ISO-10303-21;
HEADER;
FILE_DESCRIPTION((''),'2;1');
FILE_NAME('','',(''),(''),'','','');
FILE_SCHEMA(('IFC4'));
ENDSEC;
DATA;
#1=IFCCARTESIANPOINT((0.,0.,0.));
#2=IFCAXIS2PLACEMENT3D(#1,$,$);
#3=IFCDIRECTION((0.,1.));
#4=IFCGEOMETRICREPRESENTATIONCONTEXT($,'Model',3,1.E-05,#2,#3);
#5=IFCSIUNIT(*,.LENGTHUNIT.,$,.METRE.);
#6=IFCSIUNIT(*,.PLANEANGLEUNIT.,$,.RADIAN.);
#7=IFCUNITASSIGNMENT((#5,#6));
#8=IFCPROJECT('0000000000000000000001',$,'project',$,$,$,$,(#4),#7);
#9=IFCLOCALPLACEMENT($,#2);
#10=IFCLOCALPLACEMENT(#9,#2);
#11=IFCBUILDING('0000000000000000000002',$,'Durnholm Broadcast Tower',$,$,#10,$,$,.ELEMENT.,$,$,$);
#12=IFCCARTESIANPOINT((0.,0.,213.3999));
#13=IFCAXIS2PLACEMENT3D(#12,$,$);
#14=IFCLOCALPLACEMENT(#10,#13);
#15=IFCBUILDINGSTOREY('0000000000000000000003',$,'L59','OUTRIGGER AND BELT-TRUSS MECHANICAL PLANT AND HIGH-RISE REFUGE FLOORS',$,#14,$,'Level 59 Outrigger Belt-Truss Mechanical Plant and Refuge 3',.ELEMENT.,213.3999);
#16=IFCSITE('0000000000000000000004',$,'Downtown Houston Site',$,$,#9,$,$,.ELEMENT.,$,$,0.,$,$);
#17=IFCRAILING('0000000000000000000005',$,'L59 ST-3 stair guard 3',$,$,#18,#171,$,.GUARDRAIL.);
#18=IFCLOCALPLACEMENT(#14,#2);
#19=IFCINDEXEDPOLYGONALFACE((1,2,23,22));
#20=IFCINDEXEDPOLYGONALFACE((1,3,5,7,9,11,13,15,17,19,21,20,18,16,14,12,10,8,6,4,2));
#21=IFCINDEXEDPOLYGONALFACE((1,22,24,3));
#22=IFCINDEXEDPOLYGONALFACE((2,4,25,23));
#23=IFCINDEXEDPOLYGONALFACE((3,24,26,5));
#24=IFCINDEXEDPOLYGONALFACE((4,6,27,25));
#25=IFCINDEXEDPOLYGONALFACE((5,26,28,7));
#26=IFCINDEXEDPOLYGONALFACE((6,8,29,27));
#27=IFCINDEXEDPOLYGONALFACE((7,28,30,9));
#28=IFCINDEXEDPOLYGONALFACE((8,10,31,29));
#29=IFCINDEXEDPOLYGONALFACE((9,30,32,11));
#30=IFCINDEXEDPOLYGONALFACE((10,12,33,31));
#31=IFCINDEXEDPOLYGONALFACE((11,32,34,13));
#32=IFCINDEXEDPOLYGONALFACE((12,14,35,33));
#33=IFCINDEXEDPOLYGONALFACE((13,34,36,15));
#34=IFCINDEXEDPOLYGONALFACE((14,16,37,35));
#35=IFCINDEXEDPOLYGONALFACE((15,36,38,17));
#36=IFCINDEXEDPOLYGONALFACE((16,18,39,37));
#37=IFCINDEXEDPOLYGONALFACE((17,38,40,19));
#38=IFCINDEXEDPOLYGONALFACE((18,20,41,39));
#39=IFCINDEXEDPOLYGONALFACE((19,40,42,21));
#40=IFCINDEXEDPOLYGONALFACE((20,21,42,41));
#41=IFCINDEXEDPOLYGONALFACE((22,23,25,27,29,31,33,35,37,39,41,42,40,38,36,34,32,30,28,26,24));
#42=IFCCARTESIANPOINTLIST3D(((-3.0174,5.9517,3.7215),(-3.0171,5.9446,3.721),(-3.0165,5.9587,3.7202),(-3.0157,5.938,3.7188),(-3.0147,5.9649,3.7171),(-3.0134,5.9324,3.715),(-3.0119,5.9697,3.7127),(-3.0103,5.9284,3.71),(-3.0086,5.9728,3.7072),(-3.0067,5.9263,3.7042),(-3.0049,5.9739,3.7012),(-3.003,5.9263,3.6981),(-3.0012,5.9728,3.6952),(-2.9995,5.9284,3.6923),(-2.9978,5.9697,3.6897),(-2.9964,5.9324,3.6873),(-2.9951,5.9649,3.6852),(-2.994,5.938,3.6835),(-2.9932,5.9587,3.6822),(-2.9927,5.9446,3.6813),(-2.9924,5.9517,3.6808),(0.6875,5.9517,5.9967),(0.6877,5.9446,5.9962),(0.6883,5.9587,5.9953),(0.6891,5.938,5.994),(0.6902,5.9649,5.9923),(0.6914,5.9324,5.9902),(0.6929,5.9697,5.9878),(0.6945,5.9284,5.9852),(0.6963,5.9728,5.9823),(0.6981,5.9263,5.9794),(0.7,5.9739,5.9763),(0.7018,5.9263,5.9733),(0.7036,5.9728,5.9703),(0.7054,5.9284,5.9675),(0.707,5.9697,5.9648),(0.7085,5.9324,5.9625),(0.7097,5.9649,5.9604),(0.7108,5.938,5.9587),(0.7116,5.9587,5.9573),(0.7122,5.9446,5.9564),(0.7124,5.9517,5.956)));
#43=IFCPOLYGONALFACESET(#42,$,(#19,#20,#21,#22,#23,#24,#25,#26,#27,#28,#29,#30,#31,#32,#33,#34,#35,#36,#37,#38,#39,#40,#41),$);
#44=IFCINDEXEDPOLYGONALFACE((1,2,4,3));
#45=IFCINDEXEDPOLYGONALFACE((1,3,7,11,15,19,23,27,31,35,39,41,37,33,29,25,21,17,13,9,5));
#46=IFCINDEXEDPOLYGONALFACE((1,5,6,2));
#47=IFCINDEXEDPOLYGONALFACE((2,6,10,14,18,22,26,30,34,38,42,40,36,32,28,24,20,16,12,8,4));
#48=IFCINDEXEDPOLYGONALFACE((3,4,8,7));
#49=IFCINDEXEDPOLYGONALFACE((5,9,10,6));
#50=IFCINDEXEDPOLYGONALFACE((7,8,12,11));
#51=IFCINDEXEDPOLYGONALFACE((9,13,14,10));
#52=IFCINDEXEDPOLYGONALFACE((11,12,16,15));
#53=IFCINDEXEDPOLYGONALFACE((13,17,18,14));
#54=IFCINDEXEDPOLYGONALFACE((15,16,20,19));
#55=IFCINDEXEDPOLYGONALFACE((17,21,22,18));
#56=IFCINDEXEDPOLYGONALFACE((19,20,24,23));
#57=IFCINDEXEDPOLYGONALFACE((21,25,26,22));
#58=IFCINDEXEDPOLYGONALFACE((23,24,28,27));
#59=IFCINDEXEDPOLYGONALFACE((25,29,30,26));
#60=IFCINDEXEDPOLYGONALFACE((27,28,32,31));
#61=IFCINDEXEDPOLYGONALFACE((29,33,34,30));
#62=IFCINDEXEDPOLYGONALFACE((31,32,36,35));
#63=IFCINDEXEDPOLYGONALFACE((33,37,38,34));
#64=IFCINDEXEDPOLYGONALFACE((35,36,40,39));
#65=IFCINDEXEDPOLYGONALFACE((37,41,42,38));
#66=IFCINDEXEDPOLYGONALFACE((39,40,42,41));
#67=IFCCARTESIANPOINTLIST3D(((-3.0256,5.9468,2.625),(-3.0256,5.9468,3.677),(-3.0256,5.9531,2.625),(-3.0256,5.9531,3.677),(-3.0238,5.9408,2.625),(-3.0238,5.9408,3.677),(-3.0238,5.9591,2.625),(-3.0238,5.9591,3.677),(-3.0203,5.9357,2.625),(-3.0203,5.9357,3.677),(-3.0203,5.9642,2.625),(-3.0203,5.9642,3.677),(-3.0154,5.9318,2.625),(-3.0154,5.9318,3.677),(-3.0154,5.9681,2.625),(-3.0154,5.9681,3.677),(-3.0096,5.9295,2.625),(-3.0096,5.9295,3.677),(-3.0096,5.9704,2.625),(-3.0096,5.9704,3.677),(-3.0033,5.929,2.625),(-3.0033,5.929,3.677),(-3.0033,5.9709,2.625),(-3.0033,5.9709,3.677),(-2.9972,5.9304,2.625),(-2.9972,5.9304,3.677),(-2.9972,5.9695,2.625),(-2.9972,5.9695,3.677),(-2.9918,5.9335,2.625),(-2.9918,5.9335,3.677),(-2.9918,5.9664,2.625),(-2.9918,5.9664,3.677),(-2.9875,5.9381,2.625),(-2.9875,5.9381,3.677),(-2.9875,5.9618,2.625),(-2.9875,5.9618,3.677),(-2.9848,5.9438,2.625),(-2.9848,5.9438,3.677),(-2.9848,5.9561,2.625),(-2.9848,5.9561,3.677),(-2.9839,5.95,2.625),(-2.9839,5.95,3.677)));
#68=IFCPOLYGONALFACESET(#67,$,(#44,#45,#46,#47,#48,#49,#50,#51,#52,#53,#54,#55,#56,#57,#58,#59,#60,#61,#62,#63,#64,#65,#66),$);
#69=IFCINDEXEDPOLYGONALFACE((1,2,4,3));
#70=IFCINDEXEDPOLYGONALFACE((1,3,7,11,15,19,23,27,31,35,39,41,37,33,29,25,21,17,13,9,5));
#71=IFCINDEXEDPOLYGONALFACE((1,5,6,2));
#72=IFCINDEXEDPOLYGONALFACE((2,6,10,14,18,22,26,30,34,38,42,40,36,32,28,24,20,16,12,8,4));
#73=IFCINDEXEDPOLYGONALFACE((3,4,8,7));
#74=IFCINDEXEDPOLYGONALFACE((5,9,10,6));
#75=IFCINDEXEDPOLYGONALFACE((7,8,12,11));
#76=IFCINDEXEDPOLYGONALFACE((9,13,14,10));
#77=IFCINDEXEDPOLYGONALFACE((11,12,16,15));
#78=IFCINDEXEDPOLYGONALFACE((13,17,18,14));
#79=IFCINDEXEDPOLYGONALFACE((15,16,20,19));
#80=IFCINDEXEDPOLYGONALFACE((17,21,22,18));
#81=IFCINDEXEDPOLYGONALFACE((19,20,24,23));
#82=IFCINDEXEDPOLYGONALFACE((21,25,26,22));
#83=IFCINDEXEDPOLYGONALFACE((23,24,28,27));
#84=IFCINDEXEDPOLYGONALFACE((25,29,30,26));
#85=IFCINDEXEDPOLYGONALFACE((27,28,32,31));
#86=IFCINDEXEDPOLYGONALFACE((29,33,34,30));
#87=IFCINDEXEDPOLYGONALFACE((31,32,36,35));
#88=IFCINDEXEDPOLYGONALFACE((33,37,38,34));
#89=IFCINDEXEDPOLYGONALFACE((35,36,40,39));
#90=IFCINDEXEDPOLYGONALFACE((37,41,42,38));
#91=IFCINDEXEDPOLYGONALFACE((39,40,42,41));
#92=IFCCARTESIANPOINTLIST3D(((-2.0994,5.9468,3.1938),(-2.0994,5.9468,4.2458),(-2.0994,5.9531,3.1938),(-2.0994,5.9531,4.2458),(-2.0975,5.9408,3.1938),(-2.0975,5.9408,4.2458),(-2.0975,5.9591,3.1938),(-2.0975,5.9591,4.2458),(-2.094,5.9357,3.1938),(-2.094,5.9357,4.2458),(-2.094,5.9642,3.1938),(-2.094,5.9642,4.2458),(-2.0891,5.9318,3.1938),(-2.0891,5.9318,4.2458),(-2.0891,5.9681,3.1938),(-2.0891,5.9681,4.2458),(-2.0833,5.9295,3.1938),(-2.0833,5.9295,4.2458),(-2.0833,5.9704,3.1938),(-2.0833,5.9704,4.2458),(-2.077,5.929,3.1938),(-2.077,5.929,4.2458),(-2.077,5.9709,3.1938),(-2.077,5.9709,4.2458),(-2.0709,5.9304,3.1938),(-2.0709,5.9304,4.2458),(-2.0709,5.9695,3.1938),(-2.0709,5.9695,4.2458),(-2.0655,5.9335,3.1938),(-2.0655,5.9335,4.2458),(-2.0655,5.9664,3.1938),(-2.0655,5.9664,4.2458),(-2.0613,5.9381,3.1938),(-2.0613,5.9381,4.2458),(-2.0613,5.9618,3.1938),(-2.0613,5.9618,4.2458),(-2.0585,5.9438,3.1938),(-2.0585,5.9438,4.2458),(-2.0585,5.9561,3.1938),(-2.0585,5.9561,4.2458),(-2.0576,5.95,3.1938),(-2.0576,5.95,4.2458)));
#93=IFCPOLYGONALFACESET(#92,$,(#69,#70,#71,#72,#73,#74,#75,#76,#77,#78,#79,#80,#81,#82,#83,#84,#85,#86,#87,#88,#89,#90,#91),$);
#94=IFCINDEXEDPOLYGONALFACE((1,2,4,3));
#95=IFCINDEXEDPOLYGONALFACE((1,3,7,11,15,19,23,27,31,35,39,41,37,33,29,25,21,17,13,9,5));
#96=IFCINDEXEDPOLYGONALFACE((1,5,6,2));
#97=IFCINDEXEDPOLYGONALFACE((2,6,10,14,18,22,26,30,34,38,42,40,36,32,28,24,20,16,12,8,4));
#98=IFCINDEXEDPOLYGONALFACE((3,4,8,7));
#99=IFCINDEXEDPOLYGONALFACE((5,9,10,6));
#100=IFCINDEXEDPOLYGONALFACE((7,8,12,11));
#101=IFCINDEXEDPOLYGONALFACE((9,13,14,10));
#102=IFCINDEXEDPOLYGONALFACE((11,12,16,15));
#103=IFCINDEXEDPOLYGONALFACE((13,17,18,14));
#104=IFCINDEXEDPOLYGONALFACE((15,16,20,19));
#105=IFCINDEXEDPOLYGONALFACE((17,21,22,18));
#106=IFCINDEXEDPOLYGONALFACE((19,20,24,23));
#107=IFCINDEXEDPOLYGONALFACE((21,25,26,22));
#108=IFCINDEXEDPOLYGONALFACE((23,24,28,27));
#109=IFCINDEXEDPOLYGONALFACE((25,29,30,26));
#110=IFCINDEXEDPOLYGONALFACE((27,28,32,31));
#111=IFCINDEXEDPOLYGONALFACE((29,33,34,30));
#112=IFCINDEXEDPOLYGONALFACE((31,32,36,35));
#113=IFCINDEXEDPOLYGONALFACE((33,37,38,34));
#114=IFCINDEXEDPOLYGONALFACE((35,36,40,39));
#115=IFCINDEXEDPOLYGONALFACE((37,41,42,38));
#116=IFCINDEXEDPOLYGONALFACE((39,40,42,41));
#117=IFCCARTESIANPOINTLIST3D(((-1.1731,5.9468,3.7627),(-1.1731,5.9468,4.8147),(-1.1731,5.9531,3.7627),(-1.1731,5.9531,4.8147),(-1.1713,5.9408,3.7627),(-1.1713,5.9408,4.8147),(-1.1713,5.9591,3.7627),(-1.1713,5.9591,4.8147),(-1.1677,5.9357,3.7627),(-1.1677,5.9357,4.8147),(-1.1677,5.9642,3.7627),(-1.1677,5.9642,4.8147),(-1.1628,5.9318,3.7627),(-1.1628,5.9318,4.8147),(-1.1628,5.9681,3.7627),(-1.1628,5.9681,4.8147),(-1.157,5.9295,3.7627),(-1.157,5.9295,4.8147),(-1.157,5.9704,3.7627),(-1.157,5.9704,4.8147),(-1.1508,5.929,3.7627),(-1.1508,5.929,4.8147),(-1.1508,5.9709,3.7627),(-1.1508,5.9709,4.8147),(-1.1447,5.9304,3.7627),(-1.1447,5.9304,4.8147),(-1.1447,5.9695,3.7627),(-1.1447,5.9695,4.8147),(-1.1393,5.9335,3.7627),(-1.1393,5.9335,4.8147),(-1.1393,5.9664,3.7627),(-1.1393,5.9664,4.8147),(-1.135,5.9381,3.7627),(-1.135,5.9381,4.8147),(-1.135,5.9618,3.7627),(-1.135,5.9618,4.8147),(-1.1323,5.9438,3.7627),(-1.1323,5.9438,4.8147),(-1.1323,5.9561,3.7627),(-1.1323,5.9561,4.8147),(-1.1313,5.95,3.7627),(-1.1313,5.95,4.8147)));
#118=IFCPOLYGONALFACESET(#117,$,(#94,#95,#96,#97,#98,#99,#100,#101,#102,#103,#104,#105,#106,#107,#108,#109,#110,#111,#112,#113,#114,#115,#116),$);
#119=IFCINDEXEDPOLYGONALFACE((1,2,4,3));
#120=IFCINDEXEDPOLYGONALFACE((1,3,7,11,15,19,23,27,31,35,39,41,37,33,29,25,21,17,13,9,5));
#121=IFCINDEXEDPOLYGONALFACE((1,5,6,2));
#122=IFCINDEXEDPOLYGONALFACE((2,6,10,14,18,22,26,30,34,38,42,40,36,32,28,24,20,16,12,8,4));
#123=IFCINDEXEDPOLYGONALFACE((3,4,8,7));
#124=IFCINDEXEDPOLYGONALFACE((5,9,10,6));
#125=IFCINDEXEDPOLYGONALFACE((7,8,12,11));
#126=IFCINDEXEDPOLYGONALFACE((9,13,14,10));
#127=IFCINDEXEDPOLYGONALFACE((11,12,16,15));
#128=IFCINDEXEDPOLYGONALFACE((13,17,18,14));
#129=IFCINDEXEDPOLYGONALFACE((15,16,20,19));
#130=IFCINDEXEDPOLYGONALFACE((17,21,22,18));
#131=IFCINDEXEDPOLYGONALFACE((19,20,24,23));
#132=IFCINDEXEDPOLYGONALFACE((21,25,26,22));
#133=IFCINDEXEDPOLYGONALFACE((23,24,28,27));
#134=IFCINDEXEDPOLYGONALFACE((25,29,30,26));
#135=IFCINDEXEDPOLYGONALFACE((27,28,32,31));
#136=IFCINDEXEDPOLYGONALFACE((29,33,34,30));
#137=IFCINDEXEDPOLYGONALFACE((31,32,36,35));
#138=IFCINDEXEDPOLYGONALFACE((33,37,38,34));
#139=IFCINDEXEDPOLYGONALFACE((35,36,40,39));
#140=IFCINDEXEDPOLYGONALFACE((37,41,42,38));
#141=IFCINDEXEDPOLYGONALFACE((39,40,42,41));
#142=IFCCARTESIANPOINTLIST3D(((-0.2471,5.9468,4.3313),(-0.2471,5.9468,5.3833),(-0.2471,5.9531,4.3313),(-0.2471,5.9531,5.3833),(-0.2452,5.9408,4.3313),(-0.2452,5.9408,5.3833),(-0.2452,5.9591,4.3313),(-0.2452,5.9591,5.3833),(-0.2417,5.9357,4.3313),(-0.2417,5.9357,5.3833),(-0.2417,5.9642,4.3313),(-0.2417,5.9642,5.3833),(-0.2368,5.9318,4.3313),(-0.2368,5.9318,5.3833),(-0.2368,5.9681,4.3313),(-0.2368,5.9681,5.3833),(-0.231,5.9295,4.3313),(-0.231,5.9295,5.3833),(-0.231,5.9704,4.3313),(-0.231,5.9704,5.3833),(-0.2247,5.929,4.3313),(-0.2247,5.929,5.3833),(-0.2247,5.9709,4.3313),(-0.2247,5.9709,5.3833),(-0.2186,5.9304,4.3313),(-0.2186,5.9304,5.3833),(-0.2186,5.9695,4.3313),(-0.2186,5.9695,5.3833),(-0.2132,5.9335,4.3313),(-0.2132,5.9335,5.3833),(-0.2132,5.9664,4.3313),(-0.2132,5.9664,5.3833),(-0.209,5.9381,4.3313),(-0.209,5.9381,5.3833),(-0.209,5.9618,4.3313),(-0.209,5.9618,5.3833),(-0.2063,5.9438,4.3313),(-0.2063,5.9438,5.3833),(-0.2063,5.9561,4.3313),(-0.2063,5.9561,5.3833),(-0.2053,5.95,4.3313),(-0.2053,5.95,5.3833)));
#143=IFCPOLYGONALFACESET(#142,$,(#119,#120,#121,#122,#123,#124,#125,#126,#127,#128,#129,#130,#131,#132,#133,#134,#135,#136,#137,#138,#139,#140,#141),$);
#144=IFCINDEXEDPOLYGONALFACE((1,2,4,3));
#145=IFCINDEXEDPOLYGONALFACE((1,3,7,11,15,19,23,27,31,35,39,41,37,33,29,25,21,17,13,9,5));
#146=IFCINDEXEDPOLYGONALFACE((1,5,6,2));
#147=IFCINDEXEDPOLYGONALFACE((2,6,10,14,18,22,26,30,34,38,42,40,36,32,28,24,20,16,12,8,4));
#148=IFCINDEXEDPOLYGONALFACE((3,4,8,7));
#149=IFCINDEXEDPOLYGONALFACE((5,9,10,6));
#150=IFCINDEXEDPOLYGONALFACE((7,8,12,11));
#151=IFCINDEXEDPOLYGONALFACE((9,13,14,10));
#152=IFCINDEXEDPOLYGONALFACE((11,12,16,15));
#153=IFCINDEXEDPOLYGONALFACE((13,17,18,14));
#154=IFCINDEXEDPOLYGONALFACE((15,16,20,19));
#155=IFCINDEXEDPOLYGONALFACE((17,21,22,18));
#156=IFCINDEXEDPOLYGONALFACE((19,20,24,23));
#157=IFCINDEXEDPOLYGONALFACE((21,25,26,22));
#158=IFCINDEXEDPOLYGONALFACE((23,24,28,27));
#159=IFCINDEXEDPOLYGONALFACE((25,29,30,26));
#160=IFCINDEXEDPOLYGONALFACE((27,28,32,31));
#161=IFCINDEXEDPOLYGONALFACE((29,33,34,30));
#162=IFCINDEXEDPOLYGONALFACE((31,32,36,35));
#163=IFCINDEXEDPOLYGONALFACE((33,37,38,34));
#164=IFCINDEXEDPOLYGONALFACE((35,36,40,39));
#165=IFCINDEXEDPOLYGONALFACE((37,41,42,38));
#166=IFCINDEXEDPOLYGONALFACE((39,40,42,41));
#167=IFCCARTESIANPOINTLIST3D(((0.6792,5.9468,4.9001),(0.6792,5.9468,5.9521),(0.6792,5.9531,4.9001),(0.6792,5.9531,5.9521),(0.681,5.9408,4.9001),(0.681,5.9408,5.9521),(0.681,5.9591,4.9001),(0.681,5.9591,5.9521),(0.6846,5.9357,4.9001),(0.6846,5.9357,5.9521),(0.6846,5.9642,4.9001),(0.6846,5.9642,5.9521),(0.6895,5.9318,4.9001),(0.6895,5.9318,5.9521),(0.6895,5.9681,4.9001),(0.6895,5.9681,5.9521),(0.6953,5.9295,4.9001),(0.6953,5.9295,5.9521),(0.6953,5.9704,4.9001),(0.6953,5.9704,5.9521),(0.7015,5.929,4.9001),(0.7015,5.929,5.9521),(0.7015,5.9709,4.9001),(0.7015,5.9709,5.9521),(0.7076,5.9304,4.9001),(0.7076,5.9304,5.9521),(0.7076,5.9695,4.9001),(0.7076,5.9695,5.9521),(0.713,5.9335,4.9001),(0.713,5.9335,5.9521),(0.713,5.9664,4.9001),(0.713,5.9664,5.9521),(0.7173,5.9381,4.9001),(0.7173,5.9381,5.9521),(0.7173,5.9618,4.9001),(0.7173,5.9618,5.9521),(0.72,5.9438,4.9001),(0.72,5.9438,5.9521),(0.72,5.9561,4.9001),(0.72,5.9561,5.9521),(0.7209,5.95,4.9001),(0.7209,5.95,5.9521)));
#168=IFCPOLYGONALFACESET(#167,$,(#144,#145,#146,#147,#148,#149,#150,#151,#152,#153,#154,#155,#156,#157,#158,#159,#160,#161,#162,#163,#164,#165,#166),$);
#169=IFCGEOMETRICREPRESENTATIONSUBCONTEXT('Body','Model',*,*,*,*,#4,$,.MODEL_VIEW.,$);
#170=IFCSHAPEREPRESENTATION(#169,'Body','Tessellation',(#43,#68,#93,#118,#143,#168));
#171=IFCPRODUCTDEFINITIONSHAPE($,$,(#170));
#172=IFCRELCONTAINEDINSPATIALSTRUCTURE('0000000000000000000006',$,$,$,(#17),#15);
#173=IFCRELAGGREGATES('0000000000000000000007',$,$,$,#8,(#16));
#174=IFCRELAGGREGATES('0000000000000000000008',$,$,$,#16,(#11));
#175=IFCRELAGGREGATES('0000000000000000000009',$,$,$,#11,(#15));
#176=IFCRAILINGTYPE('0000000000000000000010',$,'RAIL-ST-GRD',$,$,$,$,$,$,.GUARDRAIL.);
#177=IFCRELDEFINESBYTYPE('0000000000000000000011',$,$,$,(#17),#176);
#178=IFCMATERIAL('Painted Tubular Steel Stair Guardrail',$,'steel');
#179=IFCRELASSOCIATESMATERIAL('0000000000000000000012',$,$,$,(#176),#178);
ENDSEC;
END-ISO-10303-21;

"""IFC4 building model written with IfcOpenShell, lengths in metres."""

from ifc_helpers import new_model, si_unit, direction, frame, origin, origin_2d, place, context, subcontext, project, spatial, circle, extrude, material, type_object, element, save


model = new_model("IFC4")

# Units and contexts
model_context = context("Model", 3, precision=1e-05, world=origin(), true_north=direction((0.0, 1.0)))
body_context = subcontext(model_context, "Body", "Model", "MODEL_VIEW")
ifc_project = project(units=[si_unit("LENGTHUNIT", "METRE"), si_unit("PLANEANGLEUNIT", "RADIAN")], contexts=[model_context])

# Site, building, storey
site_placement = place(None, origin())
site = spatial("IfcSite", under=ifc_project, at=site_placement, Name="Downtown Houston Site", CompositionType="ELEMENT", RefElevation=0.0)
building_placement = place(site_placement, origin())
building = spatial("IfcBuilding", under=site, at=building_placement, Name="Durnholm Broadcast Tower", CompositionType="ELEMENT")
storey_placement = place(building_placement, frame((0.0, 0.0, 213.3999)))
storey = spatial("IfcBuildingStorey", under=building, at=storey_placement, Name="L59", Description="OUTRIGGER AND BELT-TRUSS MECHANICAL PLANT AND HIGH-RISE REFUGE FLOORS", LongName="Level 59 Outrigger Belt-Truss Mechanical Plant and Refuge 3", CompositionType="ELEMENT", Elevation=213.3999)

# Railing
ifc_material_1 = material(Name="Painted Tubular Steel Stair Guardrail", Category="steel")
railing_type_1 = type_object("IfcRailingType", Name="RAIL-ST-GRD", PredefinedType="GUARDRAIL", material=ifc_material_1)
railing_1_placement = place(storey_placement, frame((-3.0049, 5.95, 2.625)))
element("IfcRailing", 1, at=railing_1_placement, inside=storey, type_object=railing_type_1, Name="L59 ST-3 stair guard 3", PredefinedType="GUARDRAIL", context=body_context, shape_type="SweptSolid", body=[
    extrude(circle(Radius=0.0239, at=origin_2d()), frame((0.0, 0.0, 1.0762), z_axis=(0.852146, 0.0, 0.523305), x_axis=(0.0, 1.0, 0.0)), (0.0, 0.0, 1.0), 4.3477),
    extrude(circle(Radius=0.021, at=origin_2d()), origin(), (0.0, 0.0, 1.0), 1.052),
    extrude(circle(Radius=0.021, at=origin_2d()), frame((0.9263, 0.0, 0.5688)), (0.0, 0.0, 1.0), 1.052),
    extrude(circle(Radius=0.021, at=origin_2d()), frame((1.8525, 0.0, 1.1377)), (0.0, 0.0, 1.0), 1.052),
    extrude(circle(Radius=0.021, at=origin_2d()), frame((2.7786, 0.0, 1.7063)), (0.0, 0.0, 1.0), 1.052),
    extrude(circle(Radius=0.021, at=origin_2d()), frame((3.7048, 0.0, 2.2751)), (0.0, 0.0, 1.0), 1.052),
])

save(model, "model.ifc")
